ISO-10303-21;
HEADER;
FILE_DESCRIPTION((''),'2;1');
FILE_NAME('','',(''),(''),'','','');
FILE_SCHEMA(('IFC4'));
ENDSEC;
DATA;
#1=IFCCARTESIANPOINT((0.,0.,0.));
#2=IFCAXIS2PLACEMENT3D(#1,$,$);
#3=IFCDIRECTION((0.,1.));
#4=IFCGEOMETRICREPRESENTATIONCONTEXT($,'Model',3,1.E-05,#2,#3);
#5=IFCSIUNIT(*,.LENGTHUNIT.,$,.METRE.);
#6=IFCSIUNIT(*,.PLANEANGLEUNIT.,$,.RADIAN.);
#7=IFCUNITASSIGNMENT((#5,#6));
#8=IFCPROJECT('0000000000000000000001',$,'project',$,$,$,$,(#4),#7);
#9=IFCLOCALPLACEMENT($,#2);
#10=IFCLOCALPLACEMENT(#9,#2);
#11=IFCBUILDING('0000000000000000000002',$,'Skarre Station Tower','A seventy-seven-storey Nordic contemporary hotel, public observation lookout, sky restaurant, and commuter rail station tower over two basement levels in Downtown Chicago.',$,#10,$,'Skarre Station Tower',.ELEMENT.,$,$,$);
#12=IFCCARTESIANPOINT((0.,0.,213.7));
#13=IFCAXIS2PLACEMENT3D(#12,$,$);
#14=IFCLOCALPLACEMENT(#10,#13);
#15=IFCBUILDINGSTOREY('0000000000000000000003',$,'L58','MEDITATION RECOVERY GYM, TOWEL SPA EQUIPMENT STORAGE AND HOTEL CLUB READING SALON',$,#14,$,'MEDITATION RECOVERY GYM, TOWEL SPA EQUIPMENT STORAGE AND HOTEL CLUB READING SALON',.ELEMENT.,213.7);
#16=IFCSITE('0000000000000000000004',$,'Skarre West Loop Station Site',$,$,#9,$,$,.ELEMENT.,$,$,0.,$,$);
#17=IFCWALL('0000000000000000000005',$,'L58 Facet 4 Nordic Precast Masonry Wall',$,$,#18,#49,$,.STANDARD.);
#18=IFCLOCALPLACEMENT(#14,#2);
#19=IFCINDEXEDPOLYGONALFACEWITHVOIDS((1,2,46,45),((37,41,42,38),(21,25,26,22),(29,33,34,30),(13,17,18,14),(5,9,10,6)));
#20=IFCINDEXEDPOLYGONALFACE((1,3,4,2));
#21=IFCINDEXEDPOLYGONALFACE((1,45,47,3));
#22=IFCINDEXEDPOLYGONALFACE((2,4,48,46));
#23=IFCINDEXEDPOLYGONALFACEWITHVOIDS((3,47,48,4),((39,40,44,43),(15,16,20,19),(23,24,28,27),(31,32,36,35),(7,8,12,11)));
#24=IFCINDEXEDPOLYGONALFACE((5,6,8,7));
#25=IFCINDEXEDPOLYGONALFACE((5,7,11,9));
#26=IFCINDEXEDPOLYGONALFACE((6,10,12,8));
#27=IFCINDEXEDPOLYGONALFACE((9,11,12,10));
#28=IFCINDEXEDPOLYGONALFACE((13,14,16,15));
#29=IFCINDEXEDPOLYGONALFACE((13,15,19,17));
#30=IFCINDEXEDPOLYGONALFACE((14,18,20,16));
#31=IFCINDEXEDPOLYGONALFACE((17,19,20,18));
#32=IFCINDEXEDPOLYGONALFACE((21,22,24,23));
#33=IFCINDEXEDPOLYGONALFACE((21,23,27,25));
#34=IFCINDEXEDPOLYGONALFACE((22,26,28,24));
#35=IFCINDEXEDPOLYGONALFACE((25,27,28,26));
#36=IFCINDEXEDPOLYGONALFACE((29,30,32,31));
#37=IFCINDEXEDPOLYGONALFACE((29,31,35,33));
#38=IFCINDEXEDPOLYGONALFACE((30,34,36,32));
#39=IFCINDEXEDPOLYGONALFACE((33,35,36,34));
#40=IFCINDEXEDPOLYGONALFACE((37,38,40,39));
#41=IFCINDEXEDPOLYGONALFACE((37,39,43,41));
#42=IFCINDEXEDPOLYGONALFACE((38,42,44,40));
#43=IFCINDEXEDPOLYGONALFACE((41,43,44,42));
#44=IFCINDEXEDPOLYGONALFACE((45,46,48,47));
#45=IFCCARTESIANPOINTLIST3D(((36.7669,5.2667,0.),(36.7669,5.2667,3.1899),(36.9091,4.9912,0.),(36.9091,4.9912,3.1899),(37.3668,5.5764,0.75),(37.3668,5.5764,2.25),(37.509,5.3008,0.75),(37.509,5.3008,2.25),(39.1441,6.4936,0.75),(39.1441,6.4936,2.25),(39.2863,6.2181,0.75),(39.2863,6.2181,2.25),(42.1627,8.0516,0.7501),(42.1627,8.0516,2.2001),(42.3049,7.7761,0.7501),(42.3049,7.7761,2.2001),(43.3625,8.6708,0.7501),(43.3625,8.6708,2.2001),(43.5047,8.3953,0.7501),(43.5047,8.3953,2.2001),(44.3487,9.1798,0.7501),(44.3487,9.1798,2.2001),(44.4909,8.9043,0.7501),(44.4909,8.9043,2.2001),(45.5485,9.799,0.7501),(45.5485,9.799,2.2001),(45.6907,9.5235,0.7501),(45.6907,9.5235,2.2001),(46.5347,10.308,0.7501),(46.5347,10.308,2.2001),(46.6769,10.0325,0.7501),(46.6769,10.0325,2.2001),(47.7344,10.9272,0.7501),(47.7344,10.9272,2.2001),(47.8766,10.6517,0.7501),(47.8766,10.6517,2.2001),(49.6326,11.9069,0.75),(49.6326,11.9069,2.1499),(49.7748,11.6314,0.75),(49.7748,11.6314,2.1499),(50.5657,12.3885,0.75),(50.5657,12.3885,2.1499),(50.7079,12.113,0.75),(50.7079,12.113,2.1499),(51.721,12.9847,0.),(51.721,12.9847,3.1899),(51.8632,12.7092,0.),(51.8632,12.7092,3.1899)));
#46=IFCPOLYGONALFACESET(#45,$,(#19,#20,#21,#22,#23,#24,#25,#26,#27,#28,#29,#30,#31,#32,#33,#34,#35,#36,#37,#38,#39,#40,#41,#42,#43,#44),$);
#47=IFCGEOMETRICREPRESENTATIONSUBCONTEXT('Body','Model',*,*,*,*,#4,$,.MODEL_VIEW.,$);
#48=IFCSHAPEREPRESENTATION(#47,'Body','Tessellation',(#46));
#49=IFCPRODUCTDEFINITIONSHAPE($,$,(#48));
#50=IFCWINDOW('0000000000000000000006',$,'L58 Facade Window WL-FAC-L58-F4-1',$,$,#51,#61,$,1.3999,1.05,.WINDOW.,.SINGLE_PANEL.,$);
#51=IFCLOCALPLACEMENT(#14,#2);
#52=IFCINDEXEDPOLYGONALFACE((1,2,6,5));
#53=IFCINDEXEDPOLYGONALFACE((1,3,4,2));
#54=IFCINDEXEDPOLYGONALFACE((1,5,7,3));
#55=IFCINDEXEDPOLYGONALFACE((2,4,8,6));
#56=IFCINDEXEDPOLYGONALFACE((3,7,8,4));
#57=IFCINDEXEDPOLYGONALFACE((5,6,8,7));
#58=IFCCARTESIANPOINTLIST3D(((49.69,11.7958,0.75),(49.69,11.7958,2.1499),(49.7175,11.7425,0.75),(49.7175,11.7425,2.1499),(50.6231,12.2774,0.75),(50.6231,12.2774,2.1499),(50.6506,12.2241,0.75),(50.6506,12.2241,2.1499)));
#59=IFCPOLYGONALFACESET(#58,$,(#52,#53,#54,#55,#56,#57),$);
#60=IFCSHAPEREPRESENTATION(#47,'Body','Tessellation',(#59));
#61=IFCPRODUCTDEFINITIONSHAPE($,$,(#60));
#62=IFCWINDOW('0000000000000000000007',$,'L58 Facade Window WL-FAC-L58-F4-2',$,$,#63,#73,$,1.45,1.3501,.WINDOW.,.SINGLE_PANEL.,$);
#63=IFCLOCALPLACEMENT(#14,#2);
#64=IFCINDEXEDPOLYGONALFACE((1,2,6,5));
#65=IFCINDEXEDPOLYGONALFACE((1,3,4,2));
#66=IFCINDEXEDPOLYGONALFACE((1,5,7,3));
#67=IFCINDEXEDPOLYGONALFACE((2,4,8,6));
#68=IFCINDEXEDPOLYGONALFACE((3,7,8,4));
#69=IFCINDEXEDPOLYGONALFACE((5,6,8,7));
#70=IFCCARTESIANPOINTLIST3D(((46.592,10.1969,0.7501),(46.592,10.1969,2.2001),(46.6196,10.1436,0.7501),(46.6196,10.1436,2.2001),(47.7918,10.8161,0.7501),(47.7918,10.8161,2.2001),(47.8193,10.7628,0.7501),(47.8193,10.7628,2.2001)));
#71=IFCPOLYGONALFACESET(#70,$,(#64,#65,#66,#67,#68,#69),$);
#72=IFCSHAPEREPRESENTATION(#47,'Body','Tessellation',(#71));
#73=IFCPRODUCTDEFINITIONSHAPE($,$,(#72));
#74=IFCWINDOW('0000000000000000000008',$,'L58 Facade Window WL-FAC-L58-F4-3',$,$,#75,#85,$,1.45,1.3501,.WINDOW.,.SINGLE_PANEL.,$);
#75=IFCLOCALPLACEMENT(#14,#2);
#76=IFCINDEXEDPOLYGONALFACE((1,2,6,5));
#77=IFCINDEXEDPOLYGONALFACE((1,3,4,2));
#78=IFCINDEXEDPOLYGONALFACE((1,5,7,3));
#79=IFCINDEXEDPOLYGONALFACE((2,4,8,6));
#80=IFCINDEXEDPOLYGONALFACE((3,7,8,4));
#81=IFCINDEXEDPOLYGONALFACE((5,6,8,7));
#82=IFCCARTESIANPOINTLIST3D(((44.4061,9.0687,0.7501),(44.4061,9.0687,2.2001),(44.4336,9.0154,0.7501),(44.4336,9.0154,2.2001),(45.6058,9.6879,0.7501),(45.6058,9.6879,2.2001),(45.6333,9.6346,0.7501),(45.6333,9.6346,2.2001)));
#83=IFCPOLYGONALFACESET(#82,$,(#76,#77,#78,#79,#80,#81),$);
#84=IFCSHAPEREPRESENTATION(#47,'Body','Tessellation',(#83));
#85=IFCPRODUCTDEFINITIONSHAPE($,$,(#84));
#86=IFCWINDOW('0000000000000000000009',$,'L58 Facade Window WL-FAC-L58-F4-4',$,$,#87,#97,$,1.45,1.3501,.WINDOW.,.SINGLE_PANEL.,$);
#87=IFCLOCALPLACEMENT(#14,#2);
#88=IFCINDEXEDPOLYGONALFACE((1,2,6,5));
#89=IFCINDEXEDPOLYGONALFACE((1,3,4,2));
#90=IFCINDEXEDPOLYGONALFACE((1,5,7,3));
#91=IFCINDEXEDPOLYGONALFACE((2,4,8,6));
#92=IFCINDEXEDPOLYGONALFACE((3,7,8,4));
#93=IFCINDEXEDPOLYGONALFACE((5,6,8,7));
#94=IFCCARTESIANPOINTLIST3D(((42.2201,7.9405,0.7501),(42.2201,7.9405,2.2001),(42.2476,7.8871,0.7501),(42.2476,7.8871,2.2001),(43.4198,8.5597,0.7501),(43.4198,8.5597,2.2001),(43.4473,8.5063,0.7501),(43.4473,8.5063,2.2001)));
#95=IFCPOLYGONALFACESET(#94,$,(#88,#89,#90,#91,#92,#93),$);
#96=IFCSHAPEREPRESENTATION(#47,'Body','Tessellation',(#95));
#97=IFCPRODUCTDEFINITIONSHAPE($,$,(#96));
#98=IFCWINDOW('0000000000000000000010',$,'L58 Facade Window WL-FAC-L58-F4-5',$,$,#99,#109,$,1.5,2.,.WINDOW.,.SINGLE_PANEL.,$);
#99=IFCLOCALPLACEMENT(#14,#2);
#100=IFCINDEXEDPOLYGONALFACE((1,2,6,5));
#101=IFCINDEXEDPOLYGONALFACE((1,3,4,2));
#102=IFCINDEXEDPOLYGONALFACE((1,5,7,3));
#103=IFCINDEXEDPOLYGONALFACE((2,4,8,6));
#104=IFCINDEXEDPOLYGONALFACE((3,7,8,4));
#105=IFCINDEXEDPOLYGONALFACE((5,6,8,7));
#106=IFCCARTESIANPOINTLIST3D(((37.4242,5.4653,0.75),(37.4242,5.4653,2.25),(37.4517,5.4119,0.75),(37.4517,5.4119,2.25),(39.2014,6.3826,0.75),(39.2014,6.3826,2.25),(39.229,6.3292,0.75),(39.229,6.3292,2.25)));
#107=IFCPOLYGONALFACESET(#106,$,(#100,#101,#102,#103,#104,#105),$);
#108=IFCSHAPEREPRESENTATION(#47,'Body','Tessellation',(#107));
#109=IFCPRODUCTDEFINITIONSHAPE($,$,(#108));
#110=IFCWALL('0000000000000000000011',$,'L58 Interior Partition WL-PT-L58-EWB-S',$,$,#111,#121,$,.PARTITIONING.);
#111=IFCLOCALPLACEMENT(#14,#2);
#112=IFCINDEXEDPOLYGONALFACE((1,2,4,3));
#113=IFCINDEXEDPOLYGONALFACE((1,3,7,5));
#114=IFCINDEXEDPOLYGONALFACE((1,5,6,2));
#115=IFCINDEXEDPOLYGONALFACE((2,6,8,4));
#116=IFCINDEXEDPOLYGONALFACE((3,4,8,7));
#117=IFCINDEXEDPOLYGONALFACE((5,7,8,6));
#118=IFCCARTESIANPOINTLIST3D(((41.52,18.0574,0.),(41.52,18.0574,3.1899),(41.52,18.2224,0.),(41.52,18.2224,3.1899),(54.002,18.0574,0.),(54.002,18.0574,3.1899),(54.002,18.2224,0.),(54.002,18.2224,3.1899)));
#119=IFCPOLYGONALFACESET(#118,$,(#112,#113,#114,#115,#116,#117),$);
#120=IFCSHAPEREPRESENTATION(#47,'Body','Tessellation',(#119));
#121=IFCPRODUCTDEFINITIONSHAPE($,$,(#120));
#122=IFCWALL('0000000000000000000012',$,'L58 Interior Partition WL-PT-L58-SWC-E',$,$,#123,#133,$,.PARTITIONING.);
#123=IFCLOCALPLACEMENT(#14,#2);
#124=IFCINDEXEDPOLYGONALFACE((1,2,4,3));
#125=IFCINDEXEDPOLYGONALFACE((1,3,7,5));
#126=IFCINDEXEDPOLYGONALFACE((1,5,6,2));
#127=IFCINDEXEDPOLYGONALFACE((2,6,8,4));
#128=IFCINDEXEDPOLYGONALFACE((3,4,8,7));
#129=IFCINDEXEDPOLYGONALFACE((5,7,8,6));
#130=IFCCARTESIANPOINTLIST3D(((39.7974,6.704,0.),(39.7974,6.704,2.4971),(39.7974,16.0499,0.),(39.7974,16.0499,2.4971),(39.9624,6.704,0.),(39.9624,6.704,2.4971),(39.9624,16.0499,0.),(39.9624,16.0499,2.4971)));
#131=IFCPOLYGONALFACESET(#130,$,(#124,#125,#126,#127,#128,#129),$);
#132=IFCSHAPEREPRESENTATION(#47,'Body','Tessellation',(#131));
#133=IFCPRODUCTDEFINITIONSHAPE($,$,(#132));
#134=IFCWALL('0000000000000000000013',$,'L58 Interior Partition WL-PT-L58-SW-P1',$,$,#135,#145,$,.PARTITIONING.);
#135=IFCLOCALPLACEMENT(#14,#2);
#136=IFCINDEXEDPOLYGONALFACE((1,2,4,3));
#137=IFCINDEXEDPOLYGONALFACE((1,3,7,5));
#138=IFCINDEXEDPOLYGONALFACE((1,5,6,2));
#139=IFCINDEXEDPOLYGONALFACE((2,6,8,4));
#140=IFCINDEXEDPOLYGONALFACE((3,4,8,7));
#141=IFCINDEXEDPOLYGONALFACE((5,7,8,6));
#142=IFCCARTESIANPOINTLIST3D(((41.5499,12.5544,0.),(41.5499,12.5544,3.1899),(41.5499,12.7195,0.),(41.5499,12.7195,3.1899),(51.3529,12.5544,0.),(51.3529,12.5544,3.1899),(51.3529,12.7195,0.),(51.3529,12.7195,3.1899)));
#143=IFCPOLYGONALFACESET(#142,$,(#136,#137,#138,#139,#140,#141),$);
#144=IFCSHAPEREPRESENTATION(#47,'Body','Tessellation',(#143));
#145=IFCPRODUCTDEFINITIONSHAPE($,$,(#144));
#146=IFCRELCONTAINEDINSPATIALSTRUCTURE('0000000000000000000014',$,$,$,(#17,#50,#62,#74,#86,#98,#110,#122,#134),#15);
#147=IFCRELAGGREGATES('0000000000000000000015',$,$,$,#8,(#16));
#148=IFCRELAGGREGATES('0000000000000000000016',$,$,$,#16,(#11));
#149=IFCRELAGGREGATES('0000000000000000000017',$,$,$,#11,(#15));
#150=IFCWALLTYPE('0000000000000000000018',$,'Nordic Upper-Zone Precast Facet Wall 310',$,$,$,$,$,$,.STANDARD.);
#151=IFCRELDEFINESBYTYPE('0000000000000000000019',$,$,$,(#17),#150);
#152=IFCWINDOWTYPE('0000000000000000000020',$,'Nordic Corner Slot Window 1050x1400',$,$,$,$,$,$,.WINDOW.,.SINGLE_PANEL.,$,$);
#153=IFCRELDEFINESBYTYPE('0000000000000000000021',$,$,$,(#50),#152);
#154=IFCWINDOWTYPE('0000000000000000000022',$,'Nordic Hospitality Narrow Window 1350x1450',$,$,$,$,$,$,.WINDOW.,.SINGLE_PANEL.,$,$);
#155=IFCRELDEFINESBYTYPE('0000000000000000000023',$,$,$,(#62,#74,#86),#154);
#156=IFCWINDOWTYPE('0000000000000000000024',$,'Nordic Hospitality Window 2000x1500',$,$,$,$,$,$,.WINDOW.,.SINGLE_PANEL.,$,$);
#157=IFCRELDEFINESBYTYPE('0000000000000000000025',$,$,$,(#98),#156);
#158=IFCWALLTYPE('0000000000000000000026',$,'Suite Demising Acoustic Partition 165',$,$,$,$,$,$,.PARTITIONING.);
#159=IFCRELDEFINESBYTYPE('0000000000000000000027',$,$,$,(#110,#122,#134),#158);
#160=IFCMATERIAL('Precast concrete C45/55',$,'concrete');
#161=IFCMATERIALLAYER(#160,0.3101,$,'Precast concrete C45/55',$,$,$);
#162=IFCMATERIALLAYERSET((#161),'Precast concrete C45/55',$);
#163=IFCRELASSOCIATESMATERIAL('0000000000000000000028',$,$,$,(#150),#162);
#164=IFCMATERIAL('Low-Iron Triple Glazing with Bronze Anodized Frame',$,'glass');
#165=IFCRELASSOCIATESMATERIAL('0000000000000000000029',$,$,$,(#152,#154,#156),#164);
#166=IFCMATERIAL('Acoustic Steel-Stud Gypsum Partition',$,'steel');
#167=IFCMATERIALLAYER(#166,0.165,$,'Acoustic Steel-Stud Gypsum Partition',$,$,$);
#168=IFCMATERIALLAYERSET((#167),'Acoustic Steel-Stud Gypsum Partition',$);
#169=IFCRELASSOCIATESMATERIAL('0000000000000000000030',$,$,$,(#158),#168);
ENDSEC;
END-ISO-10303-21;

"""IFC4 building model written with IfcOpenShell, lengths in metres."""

from ifc_helpers import new_model, si_unit, direction, frame, frame_2d, origin, place, context, subcontext, project, spatial, rectangle, extrude, material, layer, layer_set, type_object, element, fill, save


model = new_model("IFC4")

# Units and contexts
model_context = context("Model", 3, precision=1e-05, world=origin(), true_north=direction((0.0, 1.0)))
body_context = subcontext(model_context, "Body", "Model", "MODEL_VIEW")
ifc_project = project(units=[si_unit("LENGTHUNIT", "METRE"), si_unit("PLANEANGLEUNIT", "RADIAN")], contexts=[model_context])

# Site, building, storey
site_placement = place(None, origin())
site = spatial("IfcSite", under=ifc_project, at=site_placement, Name="Skarre West Loop Station Site", CompositionType="ELEMENT", RefElevation=0.0)
building_placement = place(site_placement, origin())
building = spatial("IfcBuilding", under=site, at=building_placement, Name="Skarre Station Tower", Description="A seventy-seven-storey Nordic contemporary hotel, public observation lookout, sky restaurant, and commuter rail station tower over two basement levels in Downtown Chicago.", LongName="Skarre Station Tower", CompositionType="ELEMENT")
storey_placement = place(building_placement, frame((0.0, 0.0, 213.7)))
storey = spatial("IfcBuildingStorey", under=building, at=storey_placement, Name="L58", Description="MEDITATION RECOVERY GYM, TOWEL SPA EQUIPMENT STORAGE AND HOTEL CLUB READING SALON", LongName="MEDITATION RECOVERY GYM, TOWEL SPA EQUIPMENT STORAGE AND HOTEL CLUB READING SALON", CompositionType="ELEMENT", Elevation=213.7)

# Shared definitions
ifc_material_1 = material(Name="Acoustic Steel-Stud Gypsum Partition", Category="steel")

# Shared definitions
ifc_material_2 = material(Name="Precast concrete C45/55", Category="concrete")

# Wall, openings, windows
ifc_layer_1 = layer(ifc_material_2, 0.3101, Name="Precast concrete C45/55")
ifc_layer_set_1 = layer_set([ifc_layer_1], Name="Precast concrete C45/55")
wall_type_1 = type_object("IfcWallType", Name="Nordic Upper-Zone Precast Facet Wall 310", PredefinedType="STANDARD", material=ifc_layer_set_1)
wall_1_placement = place(storey_placement, frame((51.792, 12.8469, 0.0), z_axis=(0.0, 0.0, 1.0), x_axis=(-0.888626, -0.458632, 0.0)))
wall_1 = element("IfcWall", 1, at=wall_1_placement, inside=storey, type_object=wall_type_1, Name="L58 Facet 4 Nordic Precast Masonry Wall", PredefinedType="STANDARD", context=body_context, shape_type="SweptSolid", body=[
    extrude(rectangle(XDim=16.8284, YDim=0.3101, at=frame_2d((8.4141, 0.0))), origin(), (0.0, 0.0, 1.0), 3.1899),
])
opening_1_placement = place(wall_1_placement, frame((1.3, 0.0, 0.75)))
opening_1 = element("IfcOpeningElement", 2, at=opening_1_placement, cuts=wall_1, PredefinedType="OPENING", context=body_context, shape_type="SweptSolid", body=[
    extrude(rectangle(XDim=1.05, YDim=1.3999, at=frame_2d((0.5249, 0.7))), frame((0.0, 0.165, 0.0), z_axis=(0.0, -1.0, 0.0), x_axis=(1.0, 0.0, 0.0)), (0.0, 0.0, 1.0), 0.3301),
])
opening_2_placement = place(wall_1_placement, frame((4.4861, 0.0, 0.75)))
opening_2 = element("IfcOpeningElement", 3, at=opening_2_placement, cuts=wall_1, PredefinedType="OPENING", context=body_context, shape_type="SweptSolid", body=[
    extrude(rectangle(XDim=1.3501, YDim=1.45, at=frame_2d((0.675, 0.7251))), frame((0.0, 0.165, 0.0), z_axis=(0.0, -1.0, 0.0), x_axis=(1.0, 0.0, 0.0)), (0.0, 0.0, 1.0), 0.3301),
])
opening_3_placement = place(wall_1_placement, frame((6.946, 0.0, 0.75)))
opening_3 = element("IfcOpeningElement", 4, at=opening_3_placement, cuts=wall_1, PredefinedType="OPENING", context=body_context, shape_type="SweptSolid", body=[
    extrude(rectangle(XDim=1.3501, YDim=1.45, at=frame_2d((0.675, 0.7251))), frame((0.0, 0.165, 0.0), z_axis=(0.0, -1.0, 0.0), x_axis=(1.0, 0.0, 0.0)), (0.0, 0.0, 1.0), 0.3301),
])
opening_4_placement = place(wall_1_placement, frame((9.406, 0.0, 0.75)))
opening_4 = element("IfcOpeningElement", 5, at=opening_4_placement, cuts=wall_1, PredefinedType="OPENING", context=body_context, shape_type="SweptSolid", body=[
    extrude(rectangle(XDim=1.3501, YDim=1.45, at=frame_2d((0.675, 0.7251))), frame((0.0, 0.165, 0.0), z_axis=(0.0, -1.0, 0.0), x_axis=(1.0, 0.0, 0.0)), (0.0, 0.0, 1.0), 0.3301),
])
opening_5_placement = place(wall_1_placement, frame((14.1531, 0.0, 0.75)))
opening_5 = element("IfcOpeningElement", 6, at=opening_5_placement, cuts=wall_1, PredefinedType="OPENING", context=body_context, shape_type="SweptSolid", body=[
    extrude(rectangle(XDim=2.0, YDim=1.5, at=frame_2d((1.0, 0.75))), frame((0.0, 0.165, 0.0), z_axis=(0.0, -1.0, 0.0), x_axis=(1.0, 0.0, 0.0)), (0.0, 0.0, 1.0), 0.3301),
])
ifc_material_3 = material(Name="Low-Iron Triple Glazing with Bronze Anodized Frame", Category="glass")
window_type_1 = type_object("IfcWindowType", Name="Nordic Corner Slot Window 1050x1400", PartitioningType="SINGLE_PANEL", PredefinedType="WINDOW", material=ifc_material_3)
window_1_placement = place(opening_1_placement, origin())
window_1 = element("IfcWindow", 7, at=window_1_placement, inside=storey, type_object=window_type_1, Name="L58 Facade Window WL-FAC-L58-F4-1", OverallHeight=1.3999, OverallWidth=1.05, PartitioningType="SINGLE_PANEL", PredefinedType="WINDOW", context=body_context, shape_type="SweptSolid", body=[
    extrude(rectangle(XDim=1.05, YDim=1.3999, at=frame_2d((0.5249, 0.7))), frame((0.0, 0.03, 0.0), z_axis=(0.0, -1.0, 0.0), x_axis=(1.0, 0.0, 0.0)), (0.0, 0.0, 1.0), 0.0601),
])
fill(opening_1, window_1)
window_type_2 = type_object("IfcWindowType", Name="Nordic Hospitality Narrow Window 1350x1450", PartitioningType="SINGLE_PANEL", PredefinedType="WINDOW", material=ifc_material_3)
window_2_placement = place(opening_2_placement, origin())
window_2 = element("IfcWindow", 8, at=window_2_placement, inside=storey, type_object=window_type_2, Name="L58 Facade Window WL-FAC-L58-F4-2", OverallHeight=1.45, OverallWidth=1.3501, PartitioningType="SINGLE_PANEL", PredefinedType="WINDOW", context=body_context, shape_type="SweptSolid", body=[
    extrude(rectangle(XDim=1.3501, YDim=1.45, at=frame_2d((0.675, 0.7251))), frame((0.0, 0.03, 0.0), z_axis=(0.0, -1.0, 0.0), x_axis=(1.0, 0.0, 0.0)), (0.0, 0.0, 1.0), 0.0601),
])
fill(opening_2, window_2)
window_3_placement = place(opening_3_placement, origin())
window_3 = element("IfcWindow", 9, at=window_3_placement, inside=storey, type_object=window_type_2, Name="L58 Facade Window WL-FAC-L58-F4-3", OverallHeight=1.45, OverallWidth=1.3501, PartitioningType="SINGLE_PANEL", PredefinedType="WINDOW", context=body_context, shape_type="SweptSolid", body=[
    extrude(rectangle(XDim=1.3501, YDim=1.45, at=frame_2d((0.675, 0.7251))), frame((0.0, 0.03, 0.0), z_axis=(0.0, -1.0, 0.0), x_axis=(1.0, 0.0, 0.0)), (0.0, 0.0, 1.0), 0.0601),
])
fill(opening_3, window_3)
window_4_placement = place(opening_4_placement, origin())
window_4 = element("IfcWindow", 10, at=window_4_placement, inside=storey, type_object=window_type_2, Name="L58 Facade Window WL-FAC-L58-F4-4", OverallHeight=1.45, OverallWidth=1.3501, PartitioningType="SINGLE_PANEL", PredefinedType="WINDOW", context=body_context, shape_type="SweptSolid", body=[
    extrude(rectangle(XDim=1.3501, YDim=1.45, at=frame_2d((0.675, 0.7251))), frame((0.0, 0.03, 0.0), z_axis=(0.0, -1.0, 0.0), x_axis=(1.0, 0.0, 0.0)), (0.0, 0.0, 1.0), 0.0601),
])
fill(opening_4, window_4)
window_type_3 = type_object("IfcWindowType", Name="Nordic Hospitality Window 2000x1500", PartitioningType="SINGLE_PANEL", PredefinedType="WINDOW", material=ifc_material_3)
window_5_placement = place(opening_5_placement, origin())
window_5 = element("IfcWindow", 11, at=window_5_placement, inside=storey, type_object=window_type_3, Name="L58 Facade Window WL-FAC-L58-F4-5", OverallHeight=1.5, OverallWidth=2.0, PartitioningType="SINGLE_PANEL", PredefinedType="WINDOW", context=body_context, shape_type="SweptSolid", body=[
    extrude(rectangle(XDim=2.0, YDim=1.5, at=frame_2d((1.0, 0.75))), frame((0.0, 0.03, 0.0), z_axis=(0.0, -1.0, 0.0), x_axis=(1.0, 0.0, 0.0)), (0.0, 0.0, 1.0), 0.0601),
])
fill(opening_5, window_5)

# Walls
ifc_layer_2 = layer(ifc_material_1, 0.165, Name="Acoustic Steel-Stud Gypsum Partition")
ifc_layer_set_2 = layer_set([ifc_layer_2], Name="Acoustic Steel-Stud Gypsum Partition")
wall_type_2 = type_object("IfcWallType", Name="Suite Demising Acoustic Partition 165", PredefinedType="PARTITIONING", material=ifc_layer_set_2)
wall_2_placement = place(storey_placement, frame((41.52, 18.1399, 0.0), z_axis=(0.0, 0.0, 1.0), x_axis=(1.0, 0.0, 0.0)))
element("IfcWall", 12, at=wall_2_placement, inside=storey, type_object=wall_type_2, Name="L58 Interior Partition WL-PT-L58-EWB-S", PredefinedType="PARTITIONING", context=body_context, shape_type="SweptSolid", body=[
    extrude(rectangle(XDim=12.4819, YDim=0.165, at=frame_2d((6.241, 0.0))), origin(), (0.0, 0.0, 1.0), 3.1899),
])
wall_3_placement = place(storey_placement, frame((39.8799, 6.7041, 0.0), z_axis=(0.0, 0.0, 1.0), x_axis=(0.0, 1.0, 0.0)))
element("IfcWall", 13, at=wall_3_placement, inside=storey, type_object=wall_type_2, Name="L58 Interior Partition WL-PT-L58-SWC-E", PredefinedType="PARTITIONING", context=body_context, shape_type="SweptSolid", body=[
    extrude(rectangle(XDim=9.3459, YDim=0.165, at=frame_2d((4.6729, 0.0))), origin(), (0.0, 0.0, 1.0), 2.4971),
])
wall_4_placement = place(storey_placement, frame((41.55, 12.637, 0.0), z_axis=(0.0, 0.0, 1.0), x_axis=(1.0, 0.0, 0.0)))
element("IfcWall", 14, at=wall_4_placement, inside=storey, type_object=wall_type_2, Name="L58 Interior Partition WL-PT-L58-SW-P1", PredefinedType="PARTITIONING", context=body_context, shape_type="SweptSolid", body=[
    extrude(rectangle(XDim=9.803, YDim=0.165, at=frame_2d((4.9014, 0.0))), origin(), (0.0, 0.0, 1.0), 3.1899),
])

save(model, "model.ifc")
